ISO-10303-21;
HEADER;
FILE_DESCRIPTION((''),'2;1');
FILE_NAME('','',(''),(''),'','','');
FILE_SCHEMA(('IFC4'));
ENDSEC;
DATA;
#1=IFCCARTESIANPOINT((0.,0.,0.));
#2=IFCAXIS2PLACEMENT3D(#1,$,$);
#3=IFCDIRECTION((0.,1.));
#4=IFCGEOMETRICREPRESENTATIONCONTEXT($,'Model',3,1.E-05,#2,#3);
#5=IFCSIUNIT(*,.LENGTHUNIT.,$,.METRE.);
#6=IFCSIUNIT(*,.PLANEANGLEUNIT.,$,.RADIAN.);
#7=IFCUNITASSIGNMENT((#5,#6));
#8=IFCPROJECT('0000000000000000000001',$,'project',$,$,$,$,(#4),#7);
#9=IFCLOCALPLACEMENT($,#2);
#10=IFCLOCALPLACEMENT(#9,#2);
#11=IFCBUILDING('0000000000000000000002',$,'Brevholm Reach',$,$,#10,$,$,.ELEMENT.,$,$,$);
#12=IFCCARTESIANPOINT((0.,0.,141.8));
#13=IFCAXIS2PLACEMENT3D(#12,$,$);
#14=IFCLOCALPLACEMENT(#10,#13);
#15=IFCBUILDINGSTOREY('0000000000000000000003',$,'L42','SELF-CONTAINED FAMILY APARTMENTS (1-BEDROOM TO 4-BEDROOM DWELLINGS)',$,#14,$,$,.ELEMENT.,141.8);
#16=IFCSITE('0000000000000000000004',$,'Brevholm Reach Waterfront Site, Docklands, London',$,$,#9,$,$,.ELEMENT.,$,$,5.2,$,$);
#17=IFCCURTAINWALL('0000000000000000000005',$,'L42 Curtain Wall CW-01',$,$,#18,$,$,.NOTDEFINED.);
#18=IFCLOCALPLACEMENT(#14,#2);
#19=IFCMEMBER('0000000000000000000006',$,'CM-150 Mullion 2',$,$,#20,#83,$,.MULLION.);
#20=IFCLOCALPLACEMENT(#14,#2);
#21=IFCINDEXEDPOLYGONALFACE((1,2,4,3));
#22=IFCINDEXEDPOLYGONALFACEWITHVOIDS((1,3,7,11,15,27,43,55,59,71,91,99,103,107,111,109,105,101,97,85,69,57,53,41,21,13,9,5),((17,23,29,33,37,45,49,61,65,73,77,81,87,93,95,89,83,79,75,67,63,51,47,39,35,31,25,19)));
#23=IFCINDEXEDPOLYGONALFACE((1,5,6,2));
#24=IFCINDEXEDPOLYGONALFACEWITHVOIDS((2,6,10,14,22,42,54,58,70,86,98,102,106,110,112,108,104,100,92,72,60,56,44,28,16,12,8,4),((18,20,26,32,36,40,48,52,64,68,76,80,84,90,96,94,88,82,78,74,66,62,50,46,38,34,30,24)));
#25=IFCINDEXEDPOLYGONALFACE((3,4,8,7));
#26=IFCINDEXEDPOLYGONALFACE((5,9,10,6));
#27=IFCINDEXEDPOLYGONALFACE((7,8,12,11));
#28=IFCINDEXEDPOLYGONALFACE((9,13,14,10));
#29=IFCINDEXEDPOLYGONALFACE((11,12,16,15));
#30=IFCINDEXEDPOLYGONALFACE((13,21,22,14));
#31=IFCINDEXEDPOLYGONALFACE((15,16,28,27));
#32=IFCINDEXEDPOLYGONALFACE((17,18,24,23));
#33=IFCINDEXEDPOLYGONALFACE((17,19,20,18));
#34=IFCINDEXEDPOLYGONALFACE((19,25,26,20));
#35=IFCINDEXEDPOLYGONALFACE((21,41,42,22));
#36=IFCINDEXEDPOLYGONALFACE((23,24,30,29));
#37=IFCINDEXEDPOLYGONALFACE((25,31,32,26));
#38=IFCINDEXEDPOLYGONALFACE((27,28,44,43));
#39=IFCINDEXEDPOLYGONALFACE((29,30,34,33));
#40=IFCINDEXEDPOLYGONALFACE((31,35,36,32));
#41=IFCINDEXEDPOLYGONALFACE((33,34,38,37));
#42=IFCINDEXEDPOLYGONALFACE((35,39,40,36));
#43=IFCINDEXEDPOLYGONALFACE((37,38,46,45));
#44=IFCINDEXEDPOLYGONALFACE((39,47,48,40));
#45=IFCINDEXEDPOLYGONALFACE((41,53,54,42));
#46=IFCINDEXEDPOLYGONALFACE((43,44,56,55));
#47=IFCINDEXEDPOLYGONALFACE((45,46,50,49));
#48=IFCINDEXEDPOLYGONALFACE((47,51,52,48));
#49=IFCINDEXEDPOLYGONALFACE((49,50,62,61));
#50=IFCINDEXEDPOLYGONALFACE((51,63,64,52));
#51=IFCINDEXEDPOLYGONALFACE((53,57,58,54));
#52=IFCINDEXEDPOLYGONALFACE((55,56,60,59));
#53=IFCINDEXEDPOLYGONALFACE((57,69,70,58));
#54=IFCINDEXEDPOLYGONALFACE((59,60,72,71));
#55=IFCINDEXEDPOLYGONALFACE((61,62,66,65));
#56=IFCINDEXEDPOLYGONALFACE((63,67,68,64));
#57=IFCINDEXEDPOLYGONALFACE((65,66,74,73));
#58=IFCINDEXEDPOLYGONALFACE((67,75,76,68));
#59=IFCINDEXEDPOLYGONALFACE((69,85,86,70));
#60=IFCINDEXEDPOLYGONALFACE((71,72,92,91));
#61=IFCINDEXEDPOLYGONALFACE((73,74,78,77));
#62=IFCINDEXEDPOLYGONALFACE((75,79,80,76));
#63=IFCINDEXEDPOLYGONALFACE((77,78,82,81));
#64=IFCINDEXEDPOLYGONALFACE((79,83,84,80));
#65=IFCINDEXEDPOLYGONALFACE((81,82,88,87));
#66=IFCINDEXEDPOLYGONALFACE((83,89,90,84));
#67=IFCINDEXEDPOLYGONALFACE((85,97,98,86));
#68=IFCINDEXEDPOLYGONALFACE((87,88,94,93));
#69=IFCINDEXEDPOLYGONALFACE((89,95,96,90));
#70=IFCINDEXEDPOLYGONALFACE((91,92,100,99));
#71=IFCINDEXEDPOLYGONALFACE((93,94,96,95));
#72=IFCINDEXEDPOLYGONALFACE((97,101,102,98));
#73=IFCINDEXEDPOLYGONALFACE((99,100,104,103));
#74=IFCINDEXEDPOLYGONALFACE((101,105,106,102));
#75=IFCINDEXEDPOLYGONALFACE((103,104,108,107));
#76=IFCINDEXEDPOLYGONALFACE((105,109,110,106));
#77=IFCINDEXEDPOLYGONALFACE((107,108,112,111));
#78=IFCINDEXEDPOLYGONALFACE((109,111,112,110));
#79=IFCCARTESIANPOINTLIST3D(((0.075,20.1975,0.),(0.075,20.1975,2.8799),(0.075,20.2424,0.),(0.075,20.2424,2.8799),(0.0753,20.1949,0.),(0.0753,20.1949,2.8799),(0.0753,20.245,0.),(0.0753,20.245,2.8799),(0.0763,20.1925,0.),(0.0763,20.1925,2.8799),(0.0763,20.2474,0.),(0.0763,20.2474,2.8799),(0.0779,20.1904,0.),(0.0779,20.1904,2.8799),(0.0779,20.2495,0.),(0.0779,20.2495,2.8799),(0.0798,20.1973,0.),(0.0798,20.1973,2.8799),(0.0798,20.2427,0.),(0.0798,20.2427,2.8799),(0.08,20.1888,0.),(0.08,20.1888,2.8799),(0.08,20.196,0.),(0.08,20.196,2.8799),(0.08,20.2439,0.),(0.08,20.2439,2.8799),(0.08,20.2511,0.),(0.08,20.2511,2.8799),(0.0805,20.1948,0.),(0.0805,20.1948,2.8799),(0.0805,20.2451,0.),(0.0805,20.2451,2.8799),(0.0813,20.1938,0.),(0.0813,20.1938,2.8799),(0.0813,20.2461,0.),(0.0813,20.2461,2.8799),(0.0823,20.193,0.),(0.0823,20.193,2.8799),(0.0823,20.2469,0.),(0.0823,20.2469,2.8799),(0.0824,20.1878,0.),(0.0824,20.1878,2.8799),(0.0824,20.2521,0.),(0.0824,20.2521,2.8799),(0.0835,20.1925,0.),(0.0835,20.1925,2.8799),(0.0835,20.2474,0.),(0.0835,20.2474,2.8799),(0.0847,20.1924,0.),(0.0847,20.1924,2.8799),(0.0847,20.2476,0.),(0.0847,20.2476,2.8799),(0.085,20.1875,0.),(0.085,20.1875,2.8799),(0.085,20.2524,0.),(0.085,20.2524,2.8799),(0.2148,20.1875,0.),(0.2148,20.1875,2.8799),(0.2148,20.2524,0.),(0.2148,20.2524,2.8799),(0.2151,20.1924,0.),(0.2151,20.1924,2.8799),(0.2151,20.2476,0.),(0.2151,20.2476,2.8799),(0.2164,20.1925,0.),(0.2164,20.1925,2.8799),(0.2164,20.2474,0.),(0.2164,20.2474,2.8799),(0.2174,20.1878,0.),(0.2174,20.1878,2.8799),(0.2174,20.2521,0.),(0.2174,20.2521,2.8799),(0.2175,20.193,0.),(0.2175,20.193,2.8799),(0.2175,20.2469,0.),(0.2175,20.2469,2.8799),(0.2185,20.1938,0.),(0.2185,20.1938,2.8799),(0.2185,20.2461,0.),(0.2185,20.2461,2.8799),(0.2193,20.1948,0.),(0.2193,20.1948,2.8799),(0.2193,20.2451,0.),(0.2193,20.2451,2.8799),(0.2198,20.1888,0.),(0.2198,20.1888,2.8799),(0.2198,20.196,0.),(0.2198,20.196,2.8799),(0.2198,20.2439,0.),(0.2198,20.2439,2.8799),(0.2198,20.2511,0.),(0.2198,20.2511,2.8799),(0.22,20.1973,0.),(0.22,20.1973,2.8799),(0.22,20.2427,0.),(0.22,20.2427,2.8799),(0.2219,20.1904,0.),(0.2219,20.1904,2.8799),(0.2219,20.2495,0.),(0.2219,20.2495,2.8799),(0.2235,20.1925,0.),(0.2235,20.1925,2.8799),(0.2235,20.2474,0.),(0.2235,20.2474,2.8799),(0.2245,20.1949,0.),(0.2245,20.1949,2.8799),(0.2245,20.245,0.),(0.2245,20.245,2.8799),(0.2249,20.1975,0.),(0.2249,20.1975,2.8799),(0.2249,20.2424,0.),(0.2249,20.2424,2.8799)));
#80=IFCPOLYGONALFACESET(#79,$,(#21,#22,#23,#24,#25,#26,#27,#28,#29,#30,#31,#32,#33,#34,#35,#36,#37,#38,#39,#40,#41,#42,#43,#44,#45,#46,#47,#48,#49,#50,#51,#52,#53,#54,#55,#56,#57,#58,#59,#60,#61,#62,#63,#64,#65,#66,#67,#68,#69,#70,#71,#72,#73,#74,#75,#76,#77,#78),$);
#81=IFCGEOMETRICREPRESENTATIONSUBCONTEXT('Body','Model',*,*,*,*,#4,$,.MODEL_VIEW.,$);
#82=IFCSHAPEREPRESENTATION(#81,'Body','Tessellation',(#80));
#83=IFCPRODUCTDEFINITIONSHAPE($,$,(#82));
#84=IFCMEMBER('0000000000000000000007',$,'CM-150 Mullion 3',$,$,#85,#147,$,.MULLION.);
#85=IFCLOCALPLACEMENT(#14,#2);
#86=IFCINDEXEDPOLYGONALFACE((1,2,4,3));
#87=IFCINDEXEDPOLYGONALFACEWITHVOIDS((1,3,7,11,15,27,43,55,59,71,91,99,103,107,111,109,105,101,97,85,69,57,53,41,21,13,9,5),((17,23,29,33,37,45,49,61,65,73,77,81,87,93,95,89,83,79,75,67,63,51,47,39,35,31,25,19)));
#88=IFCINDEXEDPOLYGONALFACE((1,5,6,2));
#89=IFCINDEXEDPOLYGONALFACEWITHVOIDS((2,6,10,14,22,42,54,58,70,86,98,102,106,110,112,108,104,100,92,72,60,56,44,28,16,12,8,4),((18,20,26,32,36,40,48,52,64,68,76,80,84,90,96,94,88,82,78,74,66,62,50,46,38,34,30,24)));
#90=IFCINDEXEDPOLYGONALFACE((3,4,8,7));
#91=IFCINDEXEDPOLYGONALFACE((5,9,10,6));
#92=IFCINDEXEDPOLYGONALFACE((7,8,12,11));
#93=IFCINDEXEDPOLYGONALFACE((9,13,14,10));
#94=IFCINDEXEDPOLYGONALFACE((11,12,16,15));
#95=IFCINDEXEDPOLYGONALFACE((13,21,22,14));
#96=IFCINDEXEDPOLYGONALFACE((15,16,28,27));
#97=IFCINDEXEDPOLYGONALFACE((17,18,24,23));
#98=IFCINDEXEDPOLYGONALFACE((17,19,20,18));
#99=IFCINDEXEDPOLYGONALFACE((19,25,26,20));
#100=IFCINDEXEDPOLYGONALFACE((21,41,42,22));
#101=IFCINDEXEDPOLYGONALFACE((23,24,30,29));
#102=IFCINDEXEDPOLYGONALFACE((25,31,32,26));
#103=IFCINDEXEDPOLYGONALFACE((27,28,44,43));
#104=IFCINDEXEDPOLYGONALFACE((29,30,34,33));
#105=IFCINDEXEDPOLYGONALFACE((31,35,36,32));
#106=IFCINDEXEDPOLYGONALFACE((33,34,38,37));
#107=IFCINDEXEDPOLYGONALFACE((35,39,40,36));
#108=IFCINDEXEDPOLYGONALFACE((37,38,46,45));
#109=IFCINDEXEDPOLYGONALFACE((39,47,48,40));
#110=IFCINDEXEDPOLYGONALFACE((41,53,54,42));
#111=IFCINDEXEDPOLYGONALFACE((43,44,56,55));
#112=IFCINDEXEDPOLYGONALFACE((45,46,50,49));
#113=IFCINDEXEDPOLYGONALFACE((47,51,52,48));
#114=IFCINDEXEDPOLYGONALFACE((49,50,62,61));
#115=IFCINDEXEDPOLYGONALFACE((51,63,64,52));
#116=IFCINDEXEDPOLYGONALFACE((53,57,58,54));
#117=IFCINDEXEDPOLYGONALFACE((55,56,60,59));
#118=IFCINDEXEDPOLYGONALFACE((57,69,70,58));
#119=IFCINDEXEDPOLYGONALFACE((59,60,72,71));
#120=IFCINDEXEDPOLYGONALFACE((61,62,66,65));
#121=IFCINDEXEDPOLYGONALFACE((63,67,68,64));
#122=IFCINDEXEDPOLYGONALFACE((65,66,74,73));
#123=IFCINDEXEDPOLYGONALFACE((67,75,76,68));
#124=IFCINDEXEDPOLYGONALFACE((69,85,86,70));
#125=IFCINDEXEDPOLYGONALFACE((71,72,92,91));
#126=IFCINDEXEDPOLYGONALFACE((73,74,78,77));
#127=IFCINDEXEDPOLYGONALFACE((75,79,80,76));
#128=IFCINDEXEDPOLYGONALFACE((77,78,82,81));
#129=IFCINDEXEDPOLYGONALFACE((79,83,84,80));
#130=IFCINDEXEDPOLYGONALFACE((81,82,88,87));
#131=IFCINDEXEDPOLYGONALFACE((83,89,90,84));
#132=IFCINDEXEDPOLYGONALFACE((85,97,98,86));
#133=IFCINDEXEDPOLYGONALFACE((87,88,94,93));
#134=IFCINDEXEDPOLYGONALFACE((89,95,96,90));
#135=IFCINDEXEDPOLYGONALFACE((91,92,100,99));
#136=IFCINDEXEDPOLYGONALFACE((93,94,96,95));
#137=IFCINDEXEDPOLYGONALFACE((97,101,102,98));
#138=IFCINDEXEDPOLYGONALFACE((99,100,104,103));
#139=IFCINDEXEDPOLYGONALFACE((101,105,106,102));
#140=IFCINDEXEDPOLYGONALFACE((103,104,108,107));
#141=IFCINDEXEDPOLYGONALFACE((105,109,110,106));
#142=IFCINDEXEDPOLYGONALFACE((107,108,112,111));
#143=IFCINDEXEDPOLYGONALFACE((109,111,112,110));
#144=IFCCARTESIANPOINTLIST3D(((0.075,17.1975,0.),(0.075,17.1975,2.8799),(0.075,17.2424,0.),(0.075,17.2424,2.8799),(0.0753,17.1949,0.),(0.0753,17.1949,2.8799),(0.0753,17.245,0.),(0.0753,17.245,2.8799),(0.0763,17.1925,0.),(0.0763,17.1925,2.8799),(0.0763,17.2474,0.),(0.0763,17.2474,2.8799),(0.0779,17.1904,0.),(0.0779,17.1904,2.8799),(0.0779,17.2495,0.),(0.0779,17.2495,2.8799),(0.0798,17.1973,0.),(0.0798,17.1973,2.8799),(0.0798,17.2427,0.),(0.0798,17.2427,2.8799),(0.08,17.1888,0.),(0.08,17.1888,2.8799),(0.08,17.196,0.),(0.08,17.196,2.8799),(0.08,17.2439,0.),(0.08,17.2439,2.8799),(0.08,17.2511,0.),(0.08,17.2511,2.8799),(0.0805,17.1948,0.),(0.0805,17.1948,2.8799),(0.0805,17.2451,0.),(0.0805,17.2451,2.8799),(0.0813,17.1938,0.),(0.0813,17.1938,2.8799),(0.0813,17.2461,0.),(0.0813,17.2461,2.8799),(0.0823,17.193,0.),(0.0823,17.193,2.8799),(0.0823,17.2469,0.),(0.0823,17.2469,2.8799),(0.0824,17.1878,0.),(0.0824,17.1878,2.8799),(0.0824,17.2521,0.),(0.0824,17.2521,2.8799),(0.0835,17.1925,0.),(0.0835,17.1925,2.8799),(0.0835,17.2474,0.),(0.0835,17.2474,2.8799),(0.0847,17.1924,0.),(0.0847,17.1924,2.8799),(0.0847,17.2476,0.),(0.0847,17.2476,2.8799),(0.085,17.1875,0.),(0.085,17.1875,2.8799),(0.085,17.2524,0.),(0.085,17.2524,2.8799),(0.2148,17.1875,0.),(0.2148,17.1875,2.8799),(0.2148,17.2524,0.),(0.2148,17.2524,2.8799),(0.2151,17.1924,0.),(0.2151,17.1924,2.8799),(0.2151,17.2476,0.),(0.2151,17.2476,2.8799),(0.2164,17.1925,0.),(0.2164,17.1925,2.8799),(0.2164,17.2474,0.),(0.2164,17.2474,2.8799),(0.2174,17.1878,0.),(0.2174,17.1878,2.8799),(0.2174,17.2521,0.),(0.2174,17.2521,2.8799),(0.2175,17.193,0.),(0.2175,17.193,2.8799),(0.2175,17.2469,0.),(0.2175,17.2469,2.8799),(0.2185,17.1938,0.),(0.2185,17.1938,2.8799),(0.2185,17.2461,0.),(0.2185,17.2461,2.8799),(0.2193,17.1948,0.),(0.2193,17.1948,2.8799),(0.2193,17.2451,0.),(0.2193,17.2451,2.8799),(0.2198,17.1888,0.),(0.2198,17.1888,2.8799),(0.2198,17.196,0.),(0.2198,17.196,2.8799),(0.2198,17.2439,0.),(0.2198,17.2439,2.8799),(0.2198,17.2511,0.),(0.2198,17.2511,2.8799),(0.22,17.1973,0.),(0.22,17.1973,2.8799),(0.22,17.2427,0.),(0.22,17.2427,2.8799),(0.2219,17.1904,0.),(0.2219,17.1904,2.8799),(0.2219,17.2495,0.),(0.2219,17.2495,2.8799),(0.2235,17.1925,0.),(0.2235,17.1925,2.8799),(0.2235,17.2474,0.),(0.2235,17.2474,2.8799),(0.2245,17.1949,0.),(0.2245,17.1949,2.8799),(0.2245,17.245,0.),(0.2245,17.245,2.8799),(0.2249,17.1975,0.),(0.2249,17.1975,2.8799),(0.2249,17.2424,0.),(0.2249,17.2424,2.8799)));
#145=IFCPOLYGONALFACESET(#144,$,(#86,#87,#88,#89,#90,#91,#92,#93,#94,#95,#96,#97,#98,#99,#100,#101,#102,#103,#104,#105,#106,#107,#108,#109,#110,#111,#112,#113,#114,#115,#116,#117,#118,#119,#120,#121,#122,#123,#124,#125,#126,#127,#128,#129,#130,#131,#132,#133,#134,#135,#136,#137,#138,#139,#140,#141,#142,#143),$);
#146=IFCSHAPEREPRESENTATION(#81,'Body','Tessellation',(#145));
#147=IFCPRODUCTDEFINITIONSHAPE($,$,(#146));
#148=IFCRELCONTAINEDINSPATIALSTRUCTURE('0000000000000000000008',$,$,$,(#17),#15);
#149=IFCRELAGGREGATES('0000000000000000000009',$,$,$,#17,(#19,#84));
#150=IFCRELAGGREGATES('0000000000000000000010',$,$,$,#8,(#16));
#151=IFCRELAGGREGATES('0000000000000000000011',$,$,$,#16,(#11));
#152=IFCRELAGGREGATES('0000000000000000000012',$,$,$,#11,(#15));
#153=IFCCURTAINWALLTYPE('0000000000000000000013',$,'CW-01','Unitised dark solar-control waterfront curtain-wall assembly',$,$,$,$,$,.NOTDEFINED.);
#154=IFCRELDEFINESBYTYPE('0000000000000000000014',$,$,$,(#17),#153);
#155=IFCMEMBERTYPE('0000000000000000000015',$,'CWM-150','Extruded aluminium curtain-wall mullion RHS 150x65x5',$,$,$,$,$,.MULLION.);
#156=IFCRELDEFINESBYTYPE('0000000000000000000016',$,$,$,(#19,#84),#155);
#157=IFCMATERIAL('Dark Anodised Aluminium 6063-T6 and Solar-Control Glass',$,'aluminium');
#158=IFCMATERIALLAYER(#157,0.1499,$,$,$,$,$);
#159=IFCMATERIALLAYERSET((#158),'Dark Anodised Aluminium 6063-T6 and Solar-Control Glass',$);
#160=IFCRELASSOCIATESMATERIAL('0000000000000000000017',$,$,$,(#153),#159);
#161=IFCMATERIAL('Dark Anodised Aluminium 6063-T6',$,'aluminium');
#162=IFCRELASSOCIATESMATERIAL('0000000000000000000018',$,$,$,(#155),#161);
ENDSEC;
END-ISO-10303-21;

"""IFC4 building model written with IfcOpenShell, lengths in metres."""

from ifc_helpers import new_model, si_unit, direction, frame, origin, origin_2d, place, context, subcontext, project, spatial, hollow_rectangle, extrude, material, layer, layer_set, material_profile, profile_set, type_object, element, aggregate, save


model = new_model("IFC4")

# Units and contexts
model_context = context("Model", 3, precision=1e-05, world=origin(), true_north=direction((0.0, 1.0)))
body_context = subcontext(model_context, "Body", "Model", "MODEL_VIEW")
ifc_project = project(units=[si_unit("LENGTHUNIT", "METRE"), si_unit("PLANEANGLEUNIT", "RADIAN")], contexts=[model_context])

# Site, building, storey
site_placement = place(None, origin())
site = spatial("IfcSite", under=ifc_project, at=site_placement, Name="Brevholm Reach Waterfront Site, Docklands, London", CompositionType="ELEMENT", RefElevation=5.2)
building_placement = place(site_placement, origin())
building = spatial("IfcBuilding", under=site, at=building_placement, Name="Brevholm Reach", CompositionType="ELEMENT")
storey_placement = place(building_placement, frame((0.0, 0.0, 141.8)))
storey = spatial("IfcBuildingStorey", under=building, at=storey_placement, Name="L42", Description="SELF-CONTAINED FAMILY APARTMENTS (1-BEDROOM TO 4-BEDROOM DWELLINGS)", CompositionType="ELEMENT", Elevation=141.8)

# Curtain wall, members
ifc_material_1 = material(Name="Dark Anodised Aluminium 6063-T6 and Solar-Control Glass", Category="aluminium")
ifc_layer_1 = layer(ifc_material_1, 0.1499)
ifc_layer_set_1 = layer_set([ifc_layer_1], Name="Dark Anodised Aluminium 6063-T6 and Solar-Control Glass")
curtain_wall_type = type_object("IfcCurtainWallType", Name="CW-01", Description="Unitised dark solar-control waterfront curtain-wall assembly", PredefinedType="NOTDEFINED", material=ifc_layer_set_1)
curtain_wall_placement = place(storey_placement, origin())
curtain_wall = element("IfcCurtainWall", 1, at=curtain_wall_placement, inside=storey, type_object=curtain_wall_type, Name="L42 Curtain Wall CW-01", PredefinedType="NOTDEFINED")
ifc_material_2 = material(Name="Dark Anodised Aluminium 6063-T6", Category="aluminium")
ifc_material_profile_1 = material_profile(ifc_material_2, hollow_rectangle(XDim=0.0649, YDim=0.1499, WallThickness=0.0049, InnerFilletRadius=0.0049, OuterFilletRadius=0.01, at=origin_2d()), Name="RHS 150x65x5")
ifc_profile_set_1 = profile_set([ifc_material_profile_1], Name="Dark Anodised Aluminium 6063-T6")
member_type_1 = type_object("IfcMemberType", Name="CWM-150", Description="Extruded aluminium curtain-wall mullion RHS 150x65x5", PredefinedType="MULLION", material=ifc_profile_set_1)
member_1_placement = place(storey_placement, frame((0.1499, 20.22, 0.0), z_axis=(0.0, 0.0, 1.0), x_axis=(0.0, -1.0, 0.0)))
member_1 = element("IfcMember", 2, at=member_1_placement, type_object=member_type_1, Name="CM-150 Mullion 2", PredefinedType="MULLION", context=body_context, shape_type="SweptSolid", body=[
    extrude(hollow_rectangle(XDim=0.0649, YDim=0.1499, WallThickness=0.0049, InnerFilletRadius=0.0049, OuterFilletRadius=0.01, at=origin_2d()), origin(), (0.0, 0.0, 1.0), 2.8799),
])
member_2_placement = place(storey_placement, frame((0.1499, 17.22, 0.0), z_axis=(0.0, 0.0, 1.0), x_axis=(0.0, -1.0, 0.0)))
member_2 = element("IfcMember", 3, at=member_2_placement, type_object=member_type_1, Name="CM-150 Mullion 3", PredefinedType="MULLION", context=body_context, shape_type="SweptSolid", body=[
    extrude(hollow_rectangle(XDim=0.0649, YDim=0.1499, WallThickness=0.0049, InnerFilletRadius=0.0049, OuterFilletRadius=0.01, at=origin_2d()), origin(), (0.0, 0.0, 1.0), 2.8799),
])
aggregate(curtain_wall, [member_1, member_2])

save(model, "model.ifc")
